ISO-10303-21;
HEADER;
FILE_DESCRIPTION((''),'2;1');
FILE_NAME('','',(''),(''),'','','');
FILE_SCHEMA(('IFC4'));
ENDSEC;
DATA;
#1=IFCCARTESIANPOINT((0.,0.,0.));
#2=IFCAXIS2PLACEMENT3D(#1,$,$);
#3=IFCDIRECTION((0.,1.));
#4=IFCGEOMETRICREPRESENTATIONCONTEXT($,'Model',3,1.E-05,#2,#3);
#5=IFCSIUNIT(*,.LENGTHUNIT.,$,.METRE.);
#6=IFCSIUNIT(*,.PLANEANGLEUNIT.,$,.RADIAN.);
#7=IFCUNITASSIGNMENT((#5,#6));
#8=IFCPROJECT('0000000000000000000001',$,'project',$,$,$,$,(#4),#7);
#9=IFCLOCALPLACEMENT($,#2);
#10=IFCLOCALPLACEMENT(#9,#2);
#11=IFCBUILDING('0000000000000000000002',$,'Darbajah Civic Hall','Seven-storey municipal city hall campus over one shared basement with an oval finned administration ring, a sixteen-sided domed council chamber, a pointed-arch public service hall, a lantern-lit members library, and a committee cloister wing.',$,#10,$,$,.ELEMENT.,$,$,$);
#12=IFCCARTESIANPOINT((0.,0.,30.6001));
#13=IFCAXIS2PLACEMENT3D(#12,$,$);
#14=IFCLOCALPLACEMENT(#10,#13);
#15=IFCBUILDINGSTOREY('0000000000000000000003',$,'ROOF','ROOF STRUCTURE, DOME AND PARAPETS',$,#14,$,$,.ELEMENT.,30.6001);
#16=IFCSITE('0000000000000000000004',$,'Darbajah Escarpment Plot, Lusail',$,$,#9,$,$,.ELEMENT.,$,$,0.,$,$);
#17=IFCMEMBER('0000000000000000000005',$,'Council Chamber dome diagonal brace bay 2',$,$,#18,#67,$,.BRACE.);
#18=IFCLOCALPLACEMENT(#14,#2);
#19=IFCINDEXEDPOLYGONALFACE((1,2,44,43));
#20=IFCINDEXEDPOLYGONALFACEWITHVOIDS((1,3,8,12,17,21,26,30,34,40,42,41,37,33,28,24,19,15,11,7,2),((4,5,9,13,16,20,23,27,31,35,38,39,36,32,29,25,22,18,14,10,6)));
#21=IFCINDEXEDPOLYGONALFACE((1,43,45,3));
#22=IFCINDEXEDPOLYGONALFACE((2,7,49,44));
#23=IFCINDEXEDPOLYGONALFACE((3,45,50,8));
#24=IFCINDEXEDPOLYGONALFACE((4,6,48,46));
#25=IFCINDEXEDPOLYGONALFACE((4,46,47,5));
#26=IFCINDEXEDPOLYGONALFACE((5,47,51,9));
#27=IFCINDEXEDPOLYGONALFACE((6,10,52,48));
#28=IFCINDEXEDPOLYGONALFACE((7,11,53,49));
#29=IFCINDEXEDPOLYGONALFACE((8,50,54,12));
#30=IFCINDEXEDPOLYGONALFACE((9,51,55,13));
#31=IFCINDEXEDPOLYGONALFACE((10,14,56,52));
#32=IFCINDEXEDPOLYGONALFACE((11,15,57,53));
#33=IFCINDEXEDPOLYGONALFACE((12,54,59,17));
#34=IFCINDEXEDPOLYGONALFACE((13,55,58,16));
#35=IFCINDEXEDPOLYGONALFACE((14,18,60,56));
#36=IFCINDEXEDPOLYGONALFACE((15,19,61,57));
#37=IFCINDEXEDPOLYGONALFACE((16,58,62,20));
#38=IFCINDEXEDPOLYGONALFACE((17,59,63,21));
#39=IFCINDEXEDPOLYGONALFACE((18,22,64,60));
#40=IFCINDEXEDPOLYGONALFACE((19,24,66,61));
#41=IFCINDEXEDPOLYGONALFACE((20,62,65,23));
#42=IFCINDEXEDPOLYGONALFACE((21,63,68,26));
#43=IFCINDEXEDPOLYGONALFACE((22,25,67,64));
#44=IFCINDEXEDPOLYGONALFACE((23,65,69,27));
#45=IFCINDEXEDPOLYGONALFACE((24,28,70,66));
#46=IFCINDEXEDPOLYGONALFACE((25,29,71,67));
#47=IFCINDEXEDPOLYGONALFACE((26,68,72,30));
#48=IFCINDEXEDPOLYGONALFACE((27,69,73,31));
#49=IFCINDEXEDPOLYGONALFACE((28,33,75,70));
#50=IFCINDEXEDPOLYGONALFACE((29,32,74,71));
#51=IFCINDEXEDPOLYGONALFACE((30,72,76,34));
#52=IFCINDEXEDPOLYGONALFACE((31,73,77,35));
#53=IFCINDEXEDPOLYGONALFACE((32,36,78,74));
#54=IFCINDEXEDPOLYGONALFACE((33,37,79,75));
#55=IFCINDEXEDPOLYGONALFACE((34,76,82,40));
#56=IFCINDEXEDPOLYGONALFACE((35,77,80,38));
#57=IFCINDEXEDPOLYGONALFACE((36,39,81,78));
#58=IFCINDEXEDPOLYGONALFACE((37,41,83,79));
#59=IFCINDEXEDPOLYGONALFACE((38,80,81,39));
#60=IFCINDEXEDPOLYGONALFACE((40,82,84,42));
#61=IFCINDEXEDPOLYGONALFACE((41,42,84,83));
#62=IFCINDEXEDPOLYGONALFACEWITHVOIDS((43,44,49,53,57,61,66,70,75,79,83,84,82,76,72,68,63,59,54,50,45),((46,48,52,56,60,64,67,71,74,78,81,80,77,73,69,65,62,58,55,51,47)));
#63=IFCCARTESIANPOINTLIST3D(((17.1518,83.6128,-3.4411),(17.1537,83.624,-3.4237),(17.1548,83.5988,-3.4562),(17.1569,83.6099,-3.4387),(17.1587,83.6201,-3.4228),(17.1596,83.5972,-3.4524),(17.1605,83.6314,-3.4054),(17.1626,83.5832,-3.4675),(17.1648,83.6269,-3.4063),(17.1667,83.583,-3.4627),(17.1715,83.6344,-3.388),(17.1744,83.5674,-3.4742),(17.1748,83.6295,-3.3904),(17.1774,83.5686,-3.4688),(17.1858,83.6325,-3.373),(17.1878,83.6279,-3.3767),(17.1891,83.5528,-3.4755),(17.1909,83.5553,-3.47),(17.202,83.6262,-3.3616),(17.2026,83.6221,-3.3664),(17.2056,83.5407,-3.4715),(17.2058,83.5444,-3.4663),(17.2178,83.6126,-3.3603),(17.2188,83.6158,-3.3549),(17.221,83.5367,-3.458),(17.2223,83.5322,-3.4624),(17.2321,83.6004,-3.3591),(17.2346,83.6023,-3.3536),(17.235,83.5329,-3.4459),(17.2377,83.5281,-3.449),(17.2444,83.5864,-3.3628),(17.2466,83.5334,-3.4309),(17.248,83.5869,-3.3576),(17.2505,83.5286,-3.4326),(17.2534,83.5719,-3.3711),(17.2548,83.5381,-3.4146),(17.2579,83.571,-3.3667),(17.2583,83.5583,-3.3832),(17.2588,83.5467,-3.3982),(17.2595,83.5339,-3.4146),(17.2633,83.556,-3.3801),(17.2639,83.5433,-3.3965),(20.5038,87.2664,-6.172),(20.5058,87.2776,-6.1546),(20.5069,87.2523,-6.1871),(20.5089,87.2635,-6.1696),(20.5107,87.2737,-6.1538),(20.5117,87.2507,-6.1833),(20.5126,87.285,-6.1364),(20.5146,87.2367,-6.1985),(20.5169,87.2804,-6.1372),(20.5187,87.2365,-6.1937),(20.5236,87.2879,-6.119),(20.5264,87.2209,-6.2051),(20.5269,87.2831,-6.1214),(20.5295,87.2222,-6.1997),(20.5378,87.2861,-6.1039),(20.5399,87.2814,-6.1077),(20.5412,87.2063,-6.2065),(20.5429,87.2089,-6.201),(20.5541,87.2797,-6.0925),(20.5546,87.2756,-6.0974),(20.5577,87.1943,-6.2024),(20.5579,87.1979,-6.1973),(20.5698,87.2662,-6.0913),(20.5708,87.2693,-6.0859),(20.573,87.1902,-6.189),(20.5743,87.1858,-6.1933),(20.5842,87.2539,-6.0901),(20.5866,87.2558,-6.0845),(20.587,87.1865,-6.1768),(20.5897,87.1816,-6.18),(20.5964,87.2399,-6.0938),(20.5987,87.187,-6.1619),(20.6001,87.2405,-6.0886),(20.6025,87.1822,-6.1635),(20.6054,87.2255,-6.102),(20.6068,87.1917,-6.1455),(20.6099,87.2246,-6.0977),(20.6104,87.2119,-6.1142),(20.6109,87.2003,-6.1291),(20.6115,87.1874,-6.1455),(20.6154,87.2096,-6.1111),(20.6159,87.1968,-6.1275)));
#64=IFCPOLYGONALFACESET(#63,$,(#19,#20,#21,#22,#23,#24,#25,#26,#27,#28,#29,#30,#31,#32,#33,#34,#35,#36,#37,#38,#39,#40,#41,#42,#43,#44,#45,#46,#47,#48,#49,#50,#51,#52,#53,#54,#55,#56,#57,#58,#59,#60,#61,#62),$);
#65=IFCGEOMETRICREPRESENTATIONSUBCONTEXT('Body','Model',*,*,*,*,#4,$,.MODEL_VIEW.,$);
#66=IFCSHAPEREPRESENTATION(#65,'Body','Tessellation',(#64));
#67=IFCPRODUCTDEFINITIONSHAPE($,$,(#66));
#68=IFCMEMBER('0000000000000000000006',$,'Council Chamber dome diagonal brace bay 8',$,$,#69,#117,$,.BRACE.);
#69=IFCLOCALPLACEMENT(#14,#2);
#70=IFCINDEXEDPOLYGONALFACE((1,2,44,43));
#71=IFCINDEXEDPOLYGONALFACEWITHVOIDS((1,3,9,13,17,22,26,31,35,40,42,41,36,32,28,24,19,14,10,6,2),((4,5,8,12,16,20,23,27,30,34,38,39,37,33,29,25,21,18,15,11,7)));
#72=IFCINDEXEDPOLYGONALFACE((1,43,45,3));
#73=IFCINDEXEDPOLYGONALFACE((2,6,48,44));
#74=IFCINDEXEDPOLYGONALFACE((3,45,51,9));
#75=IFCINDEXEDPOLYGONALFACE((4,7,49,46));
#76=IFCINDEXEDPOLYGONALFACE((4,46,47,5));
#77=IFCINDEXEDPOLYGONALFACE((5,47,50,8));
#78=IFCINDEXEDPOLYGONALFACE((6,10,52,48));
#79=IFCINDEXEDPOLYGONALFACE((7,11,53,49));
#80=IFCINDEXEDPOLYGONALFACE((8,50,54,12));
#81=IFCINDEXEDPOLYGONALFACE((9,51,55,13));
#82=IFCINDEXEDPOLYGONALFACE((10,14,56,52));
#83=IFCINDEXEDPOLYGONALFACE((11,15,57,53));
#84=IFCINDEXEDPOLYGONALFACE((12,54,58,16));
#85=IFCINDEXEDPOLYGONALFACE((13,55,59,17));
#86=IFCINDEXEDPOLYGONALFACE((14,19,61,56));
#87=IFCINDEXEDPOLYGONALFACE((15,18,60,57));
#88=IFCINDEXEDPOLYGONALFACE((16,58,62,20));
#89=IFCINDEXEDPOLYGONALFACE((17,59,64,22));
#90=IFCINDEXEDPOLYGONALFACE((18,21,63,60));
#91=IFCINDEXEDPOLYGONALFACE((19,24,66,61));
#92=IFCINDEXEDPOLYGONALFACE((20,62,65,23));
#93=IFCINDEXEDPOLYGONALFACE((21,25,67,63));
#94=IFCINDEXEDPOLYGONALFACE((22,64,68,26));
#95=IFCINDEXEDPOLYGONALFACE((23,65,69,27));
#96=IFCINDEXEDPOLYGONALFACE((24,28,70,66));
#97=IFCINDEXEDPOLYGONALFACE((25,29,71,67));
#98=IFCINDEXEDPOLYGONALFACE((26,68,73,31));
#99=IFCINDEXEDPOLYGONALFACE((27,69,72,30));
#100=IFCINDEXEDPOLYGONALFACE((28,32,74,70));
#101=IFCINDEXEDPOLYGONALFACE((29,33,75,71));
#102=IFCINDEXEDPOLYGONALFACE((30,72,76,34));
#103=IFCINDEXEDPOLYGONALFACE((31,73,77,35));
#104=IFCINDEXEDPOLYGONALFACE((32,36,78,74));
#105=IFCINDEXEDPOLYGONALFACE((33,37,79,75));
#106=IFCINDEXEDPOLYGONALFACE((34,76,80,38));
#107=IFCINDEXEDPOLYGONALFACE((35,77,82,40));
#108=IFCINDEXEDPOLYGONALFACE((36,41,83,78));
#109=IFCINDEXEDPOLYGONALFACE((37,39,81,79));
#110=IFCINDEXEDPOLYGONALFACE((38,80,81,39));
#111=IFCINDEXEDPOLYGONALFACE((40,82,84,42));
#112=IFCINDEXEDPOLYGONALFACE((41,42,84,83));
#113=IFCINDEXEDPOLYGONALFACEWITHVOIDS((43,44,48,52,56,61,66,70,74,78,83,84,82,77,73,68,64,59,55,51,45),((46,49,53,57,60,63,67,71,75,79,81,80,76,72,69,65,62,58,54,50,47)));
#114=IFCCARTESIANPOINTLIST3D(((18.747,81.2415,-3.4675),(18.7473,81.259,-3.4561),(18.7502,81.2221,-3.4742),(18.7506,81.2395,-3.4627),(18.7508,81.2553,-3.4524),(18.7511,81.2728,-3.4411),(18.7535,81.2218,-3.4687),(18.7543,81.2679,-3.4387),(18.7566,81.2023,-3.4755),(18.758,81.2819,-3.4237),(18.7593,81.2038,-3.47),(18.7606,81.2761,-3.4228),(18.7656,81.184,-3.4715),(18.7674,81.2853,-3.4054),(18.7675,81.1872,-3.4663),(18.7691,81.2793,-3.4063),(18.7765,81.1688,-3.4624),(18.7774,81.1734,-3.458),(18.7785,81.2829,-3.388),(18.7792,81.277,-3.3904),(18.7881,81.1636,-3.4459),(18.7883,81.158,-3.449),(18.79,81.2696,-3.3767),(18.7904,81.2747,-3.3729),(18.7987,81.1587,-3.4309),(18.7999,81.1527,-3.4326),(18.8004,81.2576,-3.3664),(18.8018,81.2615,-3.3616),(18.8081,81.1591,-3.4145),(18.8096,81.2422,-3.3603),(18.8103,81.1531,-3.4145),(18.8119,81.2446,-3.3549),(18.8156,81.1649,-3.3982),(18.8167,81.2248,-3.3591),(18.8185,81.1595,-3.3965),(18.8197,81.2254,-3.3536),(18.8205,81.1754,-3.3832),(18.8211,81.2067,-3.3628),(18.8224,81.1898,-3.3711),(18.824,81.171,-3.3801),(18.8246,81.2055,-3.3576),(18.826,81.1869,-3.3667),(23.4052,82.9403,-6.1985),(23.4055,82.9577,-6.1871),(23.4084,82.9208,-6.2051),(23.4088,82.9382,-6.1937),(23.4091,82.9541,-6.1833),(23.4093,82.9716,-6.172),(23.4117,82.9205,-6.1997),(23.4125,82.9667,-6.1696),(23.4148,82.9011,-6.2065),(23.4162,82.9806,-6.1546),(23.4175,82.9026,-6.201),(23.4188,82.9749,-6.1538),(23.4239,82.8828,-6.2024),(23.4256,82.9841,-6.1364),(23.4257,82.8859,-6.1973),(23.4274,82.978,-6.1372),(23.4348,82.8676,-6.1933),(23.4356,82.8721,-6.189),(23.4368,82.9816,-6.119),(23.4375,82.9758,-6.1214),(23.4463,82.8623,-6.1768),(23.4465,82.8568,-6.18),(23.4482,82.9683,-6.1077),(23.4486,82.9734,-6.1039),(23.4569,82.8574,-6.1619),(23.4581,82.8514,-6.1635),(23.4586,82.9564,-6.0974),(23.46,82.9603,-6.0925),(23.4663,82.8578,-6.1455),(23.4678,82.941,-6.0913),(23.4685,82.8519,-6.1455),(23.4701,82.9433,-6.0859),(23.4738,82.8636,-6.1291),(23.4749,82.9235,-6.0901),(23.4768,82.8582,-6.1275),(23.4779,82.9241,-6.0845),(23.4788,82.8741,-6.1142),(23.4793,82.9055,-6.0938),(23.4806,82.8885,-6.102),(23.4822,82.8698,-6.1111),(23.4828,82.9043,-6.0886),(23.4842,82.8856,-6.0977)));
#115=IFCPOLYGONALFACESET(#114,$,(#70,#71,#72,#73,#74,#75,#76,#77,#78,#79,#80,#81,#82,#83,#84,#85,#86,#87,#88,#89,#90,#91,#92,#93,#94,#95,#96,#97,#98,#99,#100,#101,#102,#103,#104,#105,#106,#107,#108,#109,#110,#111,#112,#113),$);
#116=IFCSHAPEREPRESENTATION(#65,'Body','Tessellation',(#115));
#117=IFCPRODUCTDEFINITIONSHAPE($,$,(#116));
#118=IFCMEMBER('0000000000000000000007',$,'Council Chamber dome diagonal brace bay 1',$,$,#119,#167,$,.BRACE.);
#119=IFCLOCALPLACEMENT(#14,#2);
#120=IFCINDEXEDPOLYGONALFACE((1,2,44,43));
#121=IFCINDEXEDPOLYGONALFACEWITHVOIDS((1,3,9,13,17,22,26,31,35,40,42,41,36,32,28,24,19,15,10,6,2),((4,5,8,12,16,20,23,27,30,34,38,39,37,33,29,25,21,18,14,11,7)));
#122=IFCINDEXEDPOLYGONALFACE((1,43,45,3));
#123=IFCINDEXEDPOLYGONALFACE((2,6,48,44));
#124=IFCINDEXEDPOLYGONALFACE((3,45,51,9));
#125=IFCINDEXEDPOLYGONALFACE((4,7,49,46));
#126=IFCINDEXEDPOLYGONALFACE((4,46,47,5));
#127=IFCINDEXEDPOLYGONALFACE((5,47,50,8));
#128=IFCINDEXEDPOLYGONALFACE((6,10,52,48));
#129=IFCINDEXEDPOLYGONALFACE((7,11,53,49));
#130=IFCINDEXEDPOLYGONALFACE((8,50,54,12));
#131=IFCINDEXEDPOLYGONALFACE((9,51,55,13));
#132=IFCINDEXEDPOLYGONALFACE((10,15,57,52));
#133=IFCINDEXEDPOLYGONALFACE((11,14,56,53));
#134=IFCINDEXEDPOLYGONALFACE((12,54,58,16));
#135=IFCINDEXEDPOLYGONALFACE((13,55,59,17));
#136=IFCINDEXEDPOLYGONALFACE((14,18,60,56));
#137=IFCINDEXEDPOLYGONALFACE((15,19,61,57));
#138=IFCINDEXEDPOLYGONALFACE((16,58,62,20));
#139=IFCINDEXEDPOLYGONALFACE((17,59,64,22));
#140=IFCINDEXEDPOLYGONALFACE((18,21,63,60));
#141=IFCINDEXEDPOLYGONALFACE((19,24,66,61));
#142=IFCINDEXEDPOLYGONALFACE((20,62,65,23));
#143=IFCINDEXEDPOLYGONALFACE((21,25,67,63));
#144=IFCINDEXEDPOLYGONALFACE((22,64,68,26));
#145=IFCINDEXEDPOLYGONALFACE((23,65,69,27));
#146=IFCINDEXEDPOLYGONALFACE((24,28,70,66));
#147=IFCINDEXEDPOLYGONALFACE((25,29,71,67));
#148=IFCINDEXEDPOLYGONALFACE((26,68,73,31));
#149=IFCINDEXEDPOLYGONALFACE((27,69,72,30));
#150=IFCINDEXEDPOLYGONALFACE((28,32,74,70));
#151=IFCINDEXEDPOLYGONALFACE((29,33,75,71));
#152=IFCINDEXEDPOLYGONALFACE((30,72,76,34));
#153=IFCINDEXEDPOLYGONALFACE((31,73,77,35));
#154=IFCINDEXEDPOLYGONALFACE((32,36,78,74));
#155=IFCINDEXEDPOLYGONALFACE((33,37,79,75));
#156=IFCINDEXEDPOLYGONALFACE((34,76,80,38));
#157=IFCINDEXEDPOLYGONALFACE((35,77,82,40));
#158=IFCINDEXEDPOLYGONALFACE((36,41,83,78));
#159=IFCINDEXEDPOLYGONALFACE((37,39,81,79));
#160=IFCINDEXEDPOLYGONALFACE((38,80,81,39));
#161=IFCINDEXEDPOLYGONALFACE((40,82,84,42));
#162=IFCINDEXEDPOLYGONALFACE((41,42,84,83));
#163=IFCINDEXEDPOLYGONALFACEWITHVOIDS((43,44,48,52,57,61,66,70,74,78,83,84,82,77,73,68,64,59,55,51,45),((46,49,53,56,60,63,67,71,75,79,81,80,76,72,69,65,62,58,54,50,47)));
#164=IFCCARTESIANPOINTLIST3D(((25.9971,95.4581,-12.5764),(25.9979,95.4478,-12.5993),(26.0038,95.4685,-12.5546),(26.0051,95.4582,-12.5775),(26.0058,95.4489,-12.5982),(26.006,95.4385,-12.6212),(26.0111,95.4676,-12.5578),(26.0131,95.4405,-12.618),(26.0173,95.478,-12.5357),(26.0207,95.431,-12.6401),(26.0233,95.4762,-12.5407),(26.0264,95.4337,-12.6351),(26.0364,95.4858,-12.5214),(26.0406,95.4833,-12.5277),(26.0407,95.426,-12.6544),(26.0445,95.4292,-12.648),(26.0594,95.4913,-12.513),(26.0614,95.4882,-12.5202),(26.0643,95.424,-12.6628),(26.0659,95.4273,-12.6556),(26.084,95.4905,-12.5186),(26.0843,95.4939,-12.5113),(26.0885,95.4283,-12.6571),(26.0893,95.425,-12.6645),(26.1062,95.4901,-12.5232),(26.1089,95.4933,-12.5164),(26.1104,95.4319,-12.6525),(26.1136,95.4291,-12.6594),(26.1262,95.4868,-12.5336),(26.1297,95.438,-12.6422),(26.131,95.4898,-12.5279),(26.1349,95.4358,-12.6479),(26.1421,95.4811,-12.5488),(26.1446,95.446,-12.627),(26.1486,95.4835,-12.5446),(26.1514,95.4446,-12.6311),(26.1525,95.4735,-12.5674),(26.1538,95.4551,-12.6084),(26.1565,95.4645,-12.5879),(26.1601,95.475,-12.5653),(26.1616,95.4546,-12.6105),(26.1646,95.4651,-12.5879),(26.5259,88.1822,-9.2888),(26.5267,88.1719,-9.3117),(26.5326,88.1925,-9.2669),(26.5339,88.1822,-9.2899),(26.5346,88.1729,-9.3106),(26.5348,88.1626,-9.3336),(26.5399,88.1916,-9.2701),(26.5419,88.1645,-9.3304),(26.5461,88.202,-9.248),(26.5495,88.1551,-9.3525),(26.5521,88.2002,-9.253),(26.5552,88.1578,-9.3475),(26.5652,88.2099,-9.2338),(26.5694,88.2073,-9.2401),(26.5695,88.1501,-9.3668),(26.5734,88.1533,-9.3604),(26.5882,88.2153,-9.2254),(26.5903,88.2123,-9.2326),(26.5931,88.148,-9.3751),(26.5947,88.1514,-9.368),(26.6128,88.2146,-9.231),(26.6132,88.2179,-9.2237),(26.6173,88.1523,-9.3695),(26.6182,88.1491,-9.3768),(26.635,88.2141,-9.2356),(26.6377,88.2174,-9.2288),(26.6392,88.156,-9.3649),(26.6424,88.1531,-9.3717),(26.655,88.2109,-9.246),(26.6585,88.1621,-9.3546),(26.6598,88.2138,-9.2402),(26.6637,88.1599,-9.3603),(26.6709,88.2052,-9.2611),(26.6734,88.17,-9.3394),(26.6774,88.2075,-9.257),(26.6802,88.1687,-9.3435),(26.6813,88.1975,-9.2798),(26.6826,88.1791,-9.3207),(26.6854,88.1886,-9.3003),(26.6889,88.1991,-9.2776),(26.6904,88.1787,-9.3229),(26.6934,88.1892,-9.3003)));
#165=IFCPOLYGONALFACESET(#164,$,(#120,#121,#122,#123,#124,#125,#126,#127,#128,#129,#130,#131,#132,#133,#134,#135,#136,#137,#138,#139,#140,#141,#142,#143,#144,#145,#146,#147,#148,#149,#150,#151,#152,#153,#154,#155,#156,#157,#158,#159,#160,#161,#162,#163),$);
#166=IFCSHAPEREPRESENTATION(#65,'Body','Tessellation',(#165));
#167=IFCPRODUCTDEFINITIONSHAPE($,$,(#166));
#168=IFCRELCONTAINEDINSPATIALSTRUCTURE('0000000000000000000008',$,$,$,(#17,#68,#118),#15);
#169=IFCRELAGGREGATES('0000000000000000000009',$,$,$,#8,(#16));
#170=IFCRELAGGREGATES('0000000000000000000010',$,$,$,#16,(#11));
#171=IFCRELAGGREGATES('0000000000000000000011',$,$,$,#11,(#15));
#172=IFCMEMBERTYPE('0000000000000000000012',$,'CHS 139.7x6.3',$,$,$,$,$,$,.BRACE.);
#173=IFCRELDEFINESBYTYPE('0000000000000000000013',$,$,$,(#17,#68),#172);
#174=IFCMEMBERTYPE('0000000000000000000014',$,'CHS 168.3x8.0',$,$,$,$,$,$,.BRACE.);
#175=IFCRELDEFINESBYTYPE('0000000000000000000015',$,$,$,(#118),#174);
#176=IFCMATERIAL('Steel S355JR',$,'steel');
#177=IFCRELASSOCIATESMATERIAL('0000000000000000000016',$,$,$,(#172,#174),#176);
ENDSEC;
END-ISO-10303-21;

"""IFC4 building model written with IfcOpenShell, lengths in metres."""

from ifc_helpers import new_model, si_unit, direction, frame, origin, origin_2d, place, context, subcontext, project, spatial, hollow_circle, extrude, material, material_profile, profile_set, type_object, element, save


model = new_model("IFC4")

# Units and contexts
model_context = context("Model", 3, precision=1e-05, world=origin(), true_north=direction((0.0, 1.0)))
body_context = subcontext(model_context, "Body", "Model", "MODEL_VIEW")
ifc_project = project(units=[si_unit("LENGTHUNIT", "METRE"), si_unit("PLANEANGLEUNIT", "RADIAN")], contexts=[model_context])

# Site, building, storey
site_placement = place(None, origin())
site = spatial("IfcSite", under=ifc_project, at=site_placement, Name="Darbajah Escarpment Plot, Lusail", CompositionType="ELEMENT", RefElevation=0.0)
building_placement = place(site_placement, origin())
building = spatial("IfcBuilding", under=site, at=building_placement, Name="Darbajah Civic Hall", Description="Seven-storey municipal city hall campus over one shared basement with an oval finned administration ring, a sixteen-sided domed council chamber, a pointed-arch public service hall, a lantern-lit members library, and a committee cloister wing.", CompositionType="ELEMENT")
storey_placement = place(building_placement, frame((0.0, 0.0, 30.6001)))
storey = spatial("IfcBuildingStorey", under=building, at=storey_placement, Name="ROOF", Description="ROOF STRUCTURE, DOME AND PARAPETS", CompositionType="ELEMENT", Elevation=30.6001)

# Members
ifc_material = material(Name="Steel S355JR", Category="steel")
ifc_material_profile_1 = material_profile(ifc_material, hollow_circle(Radius=0.0698, WallThickness=0.0063, at=origin_2d()), Name="CHS 139.7x6.3")
ifc_profile_set_1 = profile_set([ifc_material_profile_1], Name="Steel S355JR")
member_type_1 = type_object("IfcMemberType", Name="CHS 139.7x6.3", PredefinedType="BRACE", material=ifc_profile_set_1)
for number, where, z_axis, x_axis, name in (
    (1, (20.5601, 87.2346, -6.1455), (-0.592168, -0.645433, 0.482446), (0.736858, -0.676048, 0.0), "Council Chamber dome diagonal brace bay 2"),
    (2, (23.4446, 82.9175, -6.1455), (-0.822913, -0.300096, 0.482448), (0.342605, -0.93948, 0.0), "Council Chamber dome diagonal brace bay 8"),
):
    element("IfcMember", number, at=place(storey_placement, frame(where, z_axis=z_axis, x_axis=x_axis)), inside=storey, type_object=member_type_1, Name=name, PredefinedType="BRACE", context=body_context, shape_type="SweptSolid", body=[
        extrude(hollow_circle(Radius=0.0698, WallThickness=0.0063, at=origin_2d()), origin(), (0.0, 0.0, 1.0), 5.6606),
    ])
ifc_material_profile_2 = material_profile(ifc_material, hollow_circle(Radius=0.0842, WallThickness=0.0081, at=origin_2d()), Name="CHS 168.3x8.0")
ifc_profile_set_2 = profile_set([ifc_material_profile_2], Name="Steel S355JR")
member_type_2 = type_object("IfcMemberType", Name="CHS 168.3x8.0", PredefinedType="BRACE", material=ifc_profile_set_2)
for number, where, z_axis, x_axis, name in (
    (3, (26.0806, 95.459, -12.5879), (0.066087, -0.909298, 0.410865), (0.997369, 0.072488, 0.0), "Council Chamber dome diagonal brace bay 1"),
):
    element("IfcMember", number, at=place(storey_placement, frame(where, z_axis=z_axis, x_axis=x_axis)), inside=storey, type_object=member_type_2, Name=name, PredefinedType="BRACE", context=body_context, shape_type="SweptSolid", body=[
        extrude(hollow_circle(Radius=0.0842, WallThickness=0.0081, at=origin_2d()), origin(), (0.0, 0.0, 1.0), 8.0017),
    ])

save(model, "model.ifc")
